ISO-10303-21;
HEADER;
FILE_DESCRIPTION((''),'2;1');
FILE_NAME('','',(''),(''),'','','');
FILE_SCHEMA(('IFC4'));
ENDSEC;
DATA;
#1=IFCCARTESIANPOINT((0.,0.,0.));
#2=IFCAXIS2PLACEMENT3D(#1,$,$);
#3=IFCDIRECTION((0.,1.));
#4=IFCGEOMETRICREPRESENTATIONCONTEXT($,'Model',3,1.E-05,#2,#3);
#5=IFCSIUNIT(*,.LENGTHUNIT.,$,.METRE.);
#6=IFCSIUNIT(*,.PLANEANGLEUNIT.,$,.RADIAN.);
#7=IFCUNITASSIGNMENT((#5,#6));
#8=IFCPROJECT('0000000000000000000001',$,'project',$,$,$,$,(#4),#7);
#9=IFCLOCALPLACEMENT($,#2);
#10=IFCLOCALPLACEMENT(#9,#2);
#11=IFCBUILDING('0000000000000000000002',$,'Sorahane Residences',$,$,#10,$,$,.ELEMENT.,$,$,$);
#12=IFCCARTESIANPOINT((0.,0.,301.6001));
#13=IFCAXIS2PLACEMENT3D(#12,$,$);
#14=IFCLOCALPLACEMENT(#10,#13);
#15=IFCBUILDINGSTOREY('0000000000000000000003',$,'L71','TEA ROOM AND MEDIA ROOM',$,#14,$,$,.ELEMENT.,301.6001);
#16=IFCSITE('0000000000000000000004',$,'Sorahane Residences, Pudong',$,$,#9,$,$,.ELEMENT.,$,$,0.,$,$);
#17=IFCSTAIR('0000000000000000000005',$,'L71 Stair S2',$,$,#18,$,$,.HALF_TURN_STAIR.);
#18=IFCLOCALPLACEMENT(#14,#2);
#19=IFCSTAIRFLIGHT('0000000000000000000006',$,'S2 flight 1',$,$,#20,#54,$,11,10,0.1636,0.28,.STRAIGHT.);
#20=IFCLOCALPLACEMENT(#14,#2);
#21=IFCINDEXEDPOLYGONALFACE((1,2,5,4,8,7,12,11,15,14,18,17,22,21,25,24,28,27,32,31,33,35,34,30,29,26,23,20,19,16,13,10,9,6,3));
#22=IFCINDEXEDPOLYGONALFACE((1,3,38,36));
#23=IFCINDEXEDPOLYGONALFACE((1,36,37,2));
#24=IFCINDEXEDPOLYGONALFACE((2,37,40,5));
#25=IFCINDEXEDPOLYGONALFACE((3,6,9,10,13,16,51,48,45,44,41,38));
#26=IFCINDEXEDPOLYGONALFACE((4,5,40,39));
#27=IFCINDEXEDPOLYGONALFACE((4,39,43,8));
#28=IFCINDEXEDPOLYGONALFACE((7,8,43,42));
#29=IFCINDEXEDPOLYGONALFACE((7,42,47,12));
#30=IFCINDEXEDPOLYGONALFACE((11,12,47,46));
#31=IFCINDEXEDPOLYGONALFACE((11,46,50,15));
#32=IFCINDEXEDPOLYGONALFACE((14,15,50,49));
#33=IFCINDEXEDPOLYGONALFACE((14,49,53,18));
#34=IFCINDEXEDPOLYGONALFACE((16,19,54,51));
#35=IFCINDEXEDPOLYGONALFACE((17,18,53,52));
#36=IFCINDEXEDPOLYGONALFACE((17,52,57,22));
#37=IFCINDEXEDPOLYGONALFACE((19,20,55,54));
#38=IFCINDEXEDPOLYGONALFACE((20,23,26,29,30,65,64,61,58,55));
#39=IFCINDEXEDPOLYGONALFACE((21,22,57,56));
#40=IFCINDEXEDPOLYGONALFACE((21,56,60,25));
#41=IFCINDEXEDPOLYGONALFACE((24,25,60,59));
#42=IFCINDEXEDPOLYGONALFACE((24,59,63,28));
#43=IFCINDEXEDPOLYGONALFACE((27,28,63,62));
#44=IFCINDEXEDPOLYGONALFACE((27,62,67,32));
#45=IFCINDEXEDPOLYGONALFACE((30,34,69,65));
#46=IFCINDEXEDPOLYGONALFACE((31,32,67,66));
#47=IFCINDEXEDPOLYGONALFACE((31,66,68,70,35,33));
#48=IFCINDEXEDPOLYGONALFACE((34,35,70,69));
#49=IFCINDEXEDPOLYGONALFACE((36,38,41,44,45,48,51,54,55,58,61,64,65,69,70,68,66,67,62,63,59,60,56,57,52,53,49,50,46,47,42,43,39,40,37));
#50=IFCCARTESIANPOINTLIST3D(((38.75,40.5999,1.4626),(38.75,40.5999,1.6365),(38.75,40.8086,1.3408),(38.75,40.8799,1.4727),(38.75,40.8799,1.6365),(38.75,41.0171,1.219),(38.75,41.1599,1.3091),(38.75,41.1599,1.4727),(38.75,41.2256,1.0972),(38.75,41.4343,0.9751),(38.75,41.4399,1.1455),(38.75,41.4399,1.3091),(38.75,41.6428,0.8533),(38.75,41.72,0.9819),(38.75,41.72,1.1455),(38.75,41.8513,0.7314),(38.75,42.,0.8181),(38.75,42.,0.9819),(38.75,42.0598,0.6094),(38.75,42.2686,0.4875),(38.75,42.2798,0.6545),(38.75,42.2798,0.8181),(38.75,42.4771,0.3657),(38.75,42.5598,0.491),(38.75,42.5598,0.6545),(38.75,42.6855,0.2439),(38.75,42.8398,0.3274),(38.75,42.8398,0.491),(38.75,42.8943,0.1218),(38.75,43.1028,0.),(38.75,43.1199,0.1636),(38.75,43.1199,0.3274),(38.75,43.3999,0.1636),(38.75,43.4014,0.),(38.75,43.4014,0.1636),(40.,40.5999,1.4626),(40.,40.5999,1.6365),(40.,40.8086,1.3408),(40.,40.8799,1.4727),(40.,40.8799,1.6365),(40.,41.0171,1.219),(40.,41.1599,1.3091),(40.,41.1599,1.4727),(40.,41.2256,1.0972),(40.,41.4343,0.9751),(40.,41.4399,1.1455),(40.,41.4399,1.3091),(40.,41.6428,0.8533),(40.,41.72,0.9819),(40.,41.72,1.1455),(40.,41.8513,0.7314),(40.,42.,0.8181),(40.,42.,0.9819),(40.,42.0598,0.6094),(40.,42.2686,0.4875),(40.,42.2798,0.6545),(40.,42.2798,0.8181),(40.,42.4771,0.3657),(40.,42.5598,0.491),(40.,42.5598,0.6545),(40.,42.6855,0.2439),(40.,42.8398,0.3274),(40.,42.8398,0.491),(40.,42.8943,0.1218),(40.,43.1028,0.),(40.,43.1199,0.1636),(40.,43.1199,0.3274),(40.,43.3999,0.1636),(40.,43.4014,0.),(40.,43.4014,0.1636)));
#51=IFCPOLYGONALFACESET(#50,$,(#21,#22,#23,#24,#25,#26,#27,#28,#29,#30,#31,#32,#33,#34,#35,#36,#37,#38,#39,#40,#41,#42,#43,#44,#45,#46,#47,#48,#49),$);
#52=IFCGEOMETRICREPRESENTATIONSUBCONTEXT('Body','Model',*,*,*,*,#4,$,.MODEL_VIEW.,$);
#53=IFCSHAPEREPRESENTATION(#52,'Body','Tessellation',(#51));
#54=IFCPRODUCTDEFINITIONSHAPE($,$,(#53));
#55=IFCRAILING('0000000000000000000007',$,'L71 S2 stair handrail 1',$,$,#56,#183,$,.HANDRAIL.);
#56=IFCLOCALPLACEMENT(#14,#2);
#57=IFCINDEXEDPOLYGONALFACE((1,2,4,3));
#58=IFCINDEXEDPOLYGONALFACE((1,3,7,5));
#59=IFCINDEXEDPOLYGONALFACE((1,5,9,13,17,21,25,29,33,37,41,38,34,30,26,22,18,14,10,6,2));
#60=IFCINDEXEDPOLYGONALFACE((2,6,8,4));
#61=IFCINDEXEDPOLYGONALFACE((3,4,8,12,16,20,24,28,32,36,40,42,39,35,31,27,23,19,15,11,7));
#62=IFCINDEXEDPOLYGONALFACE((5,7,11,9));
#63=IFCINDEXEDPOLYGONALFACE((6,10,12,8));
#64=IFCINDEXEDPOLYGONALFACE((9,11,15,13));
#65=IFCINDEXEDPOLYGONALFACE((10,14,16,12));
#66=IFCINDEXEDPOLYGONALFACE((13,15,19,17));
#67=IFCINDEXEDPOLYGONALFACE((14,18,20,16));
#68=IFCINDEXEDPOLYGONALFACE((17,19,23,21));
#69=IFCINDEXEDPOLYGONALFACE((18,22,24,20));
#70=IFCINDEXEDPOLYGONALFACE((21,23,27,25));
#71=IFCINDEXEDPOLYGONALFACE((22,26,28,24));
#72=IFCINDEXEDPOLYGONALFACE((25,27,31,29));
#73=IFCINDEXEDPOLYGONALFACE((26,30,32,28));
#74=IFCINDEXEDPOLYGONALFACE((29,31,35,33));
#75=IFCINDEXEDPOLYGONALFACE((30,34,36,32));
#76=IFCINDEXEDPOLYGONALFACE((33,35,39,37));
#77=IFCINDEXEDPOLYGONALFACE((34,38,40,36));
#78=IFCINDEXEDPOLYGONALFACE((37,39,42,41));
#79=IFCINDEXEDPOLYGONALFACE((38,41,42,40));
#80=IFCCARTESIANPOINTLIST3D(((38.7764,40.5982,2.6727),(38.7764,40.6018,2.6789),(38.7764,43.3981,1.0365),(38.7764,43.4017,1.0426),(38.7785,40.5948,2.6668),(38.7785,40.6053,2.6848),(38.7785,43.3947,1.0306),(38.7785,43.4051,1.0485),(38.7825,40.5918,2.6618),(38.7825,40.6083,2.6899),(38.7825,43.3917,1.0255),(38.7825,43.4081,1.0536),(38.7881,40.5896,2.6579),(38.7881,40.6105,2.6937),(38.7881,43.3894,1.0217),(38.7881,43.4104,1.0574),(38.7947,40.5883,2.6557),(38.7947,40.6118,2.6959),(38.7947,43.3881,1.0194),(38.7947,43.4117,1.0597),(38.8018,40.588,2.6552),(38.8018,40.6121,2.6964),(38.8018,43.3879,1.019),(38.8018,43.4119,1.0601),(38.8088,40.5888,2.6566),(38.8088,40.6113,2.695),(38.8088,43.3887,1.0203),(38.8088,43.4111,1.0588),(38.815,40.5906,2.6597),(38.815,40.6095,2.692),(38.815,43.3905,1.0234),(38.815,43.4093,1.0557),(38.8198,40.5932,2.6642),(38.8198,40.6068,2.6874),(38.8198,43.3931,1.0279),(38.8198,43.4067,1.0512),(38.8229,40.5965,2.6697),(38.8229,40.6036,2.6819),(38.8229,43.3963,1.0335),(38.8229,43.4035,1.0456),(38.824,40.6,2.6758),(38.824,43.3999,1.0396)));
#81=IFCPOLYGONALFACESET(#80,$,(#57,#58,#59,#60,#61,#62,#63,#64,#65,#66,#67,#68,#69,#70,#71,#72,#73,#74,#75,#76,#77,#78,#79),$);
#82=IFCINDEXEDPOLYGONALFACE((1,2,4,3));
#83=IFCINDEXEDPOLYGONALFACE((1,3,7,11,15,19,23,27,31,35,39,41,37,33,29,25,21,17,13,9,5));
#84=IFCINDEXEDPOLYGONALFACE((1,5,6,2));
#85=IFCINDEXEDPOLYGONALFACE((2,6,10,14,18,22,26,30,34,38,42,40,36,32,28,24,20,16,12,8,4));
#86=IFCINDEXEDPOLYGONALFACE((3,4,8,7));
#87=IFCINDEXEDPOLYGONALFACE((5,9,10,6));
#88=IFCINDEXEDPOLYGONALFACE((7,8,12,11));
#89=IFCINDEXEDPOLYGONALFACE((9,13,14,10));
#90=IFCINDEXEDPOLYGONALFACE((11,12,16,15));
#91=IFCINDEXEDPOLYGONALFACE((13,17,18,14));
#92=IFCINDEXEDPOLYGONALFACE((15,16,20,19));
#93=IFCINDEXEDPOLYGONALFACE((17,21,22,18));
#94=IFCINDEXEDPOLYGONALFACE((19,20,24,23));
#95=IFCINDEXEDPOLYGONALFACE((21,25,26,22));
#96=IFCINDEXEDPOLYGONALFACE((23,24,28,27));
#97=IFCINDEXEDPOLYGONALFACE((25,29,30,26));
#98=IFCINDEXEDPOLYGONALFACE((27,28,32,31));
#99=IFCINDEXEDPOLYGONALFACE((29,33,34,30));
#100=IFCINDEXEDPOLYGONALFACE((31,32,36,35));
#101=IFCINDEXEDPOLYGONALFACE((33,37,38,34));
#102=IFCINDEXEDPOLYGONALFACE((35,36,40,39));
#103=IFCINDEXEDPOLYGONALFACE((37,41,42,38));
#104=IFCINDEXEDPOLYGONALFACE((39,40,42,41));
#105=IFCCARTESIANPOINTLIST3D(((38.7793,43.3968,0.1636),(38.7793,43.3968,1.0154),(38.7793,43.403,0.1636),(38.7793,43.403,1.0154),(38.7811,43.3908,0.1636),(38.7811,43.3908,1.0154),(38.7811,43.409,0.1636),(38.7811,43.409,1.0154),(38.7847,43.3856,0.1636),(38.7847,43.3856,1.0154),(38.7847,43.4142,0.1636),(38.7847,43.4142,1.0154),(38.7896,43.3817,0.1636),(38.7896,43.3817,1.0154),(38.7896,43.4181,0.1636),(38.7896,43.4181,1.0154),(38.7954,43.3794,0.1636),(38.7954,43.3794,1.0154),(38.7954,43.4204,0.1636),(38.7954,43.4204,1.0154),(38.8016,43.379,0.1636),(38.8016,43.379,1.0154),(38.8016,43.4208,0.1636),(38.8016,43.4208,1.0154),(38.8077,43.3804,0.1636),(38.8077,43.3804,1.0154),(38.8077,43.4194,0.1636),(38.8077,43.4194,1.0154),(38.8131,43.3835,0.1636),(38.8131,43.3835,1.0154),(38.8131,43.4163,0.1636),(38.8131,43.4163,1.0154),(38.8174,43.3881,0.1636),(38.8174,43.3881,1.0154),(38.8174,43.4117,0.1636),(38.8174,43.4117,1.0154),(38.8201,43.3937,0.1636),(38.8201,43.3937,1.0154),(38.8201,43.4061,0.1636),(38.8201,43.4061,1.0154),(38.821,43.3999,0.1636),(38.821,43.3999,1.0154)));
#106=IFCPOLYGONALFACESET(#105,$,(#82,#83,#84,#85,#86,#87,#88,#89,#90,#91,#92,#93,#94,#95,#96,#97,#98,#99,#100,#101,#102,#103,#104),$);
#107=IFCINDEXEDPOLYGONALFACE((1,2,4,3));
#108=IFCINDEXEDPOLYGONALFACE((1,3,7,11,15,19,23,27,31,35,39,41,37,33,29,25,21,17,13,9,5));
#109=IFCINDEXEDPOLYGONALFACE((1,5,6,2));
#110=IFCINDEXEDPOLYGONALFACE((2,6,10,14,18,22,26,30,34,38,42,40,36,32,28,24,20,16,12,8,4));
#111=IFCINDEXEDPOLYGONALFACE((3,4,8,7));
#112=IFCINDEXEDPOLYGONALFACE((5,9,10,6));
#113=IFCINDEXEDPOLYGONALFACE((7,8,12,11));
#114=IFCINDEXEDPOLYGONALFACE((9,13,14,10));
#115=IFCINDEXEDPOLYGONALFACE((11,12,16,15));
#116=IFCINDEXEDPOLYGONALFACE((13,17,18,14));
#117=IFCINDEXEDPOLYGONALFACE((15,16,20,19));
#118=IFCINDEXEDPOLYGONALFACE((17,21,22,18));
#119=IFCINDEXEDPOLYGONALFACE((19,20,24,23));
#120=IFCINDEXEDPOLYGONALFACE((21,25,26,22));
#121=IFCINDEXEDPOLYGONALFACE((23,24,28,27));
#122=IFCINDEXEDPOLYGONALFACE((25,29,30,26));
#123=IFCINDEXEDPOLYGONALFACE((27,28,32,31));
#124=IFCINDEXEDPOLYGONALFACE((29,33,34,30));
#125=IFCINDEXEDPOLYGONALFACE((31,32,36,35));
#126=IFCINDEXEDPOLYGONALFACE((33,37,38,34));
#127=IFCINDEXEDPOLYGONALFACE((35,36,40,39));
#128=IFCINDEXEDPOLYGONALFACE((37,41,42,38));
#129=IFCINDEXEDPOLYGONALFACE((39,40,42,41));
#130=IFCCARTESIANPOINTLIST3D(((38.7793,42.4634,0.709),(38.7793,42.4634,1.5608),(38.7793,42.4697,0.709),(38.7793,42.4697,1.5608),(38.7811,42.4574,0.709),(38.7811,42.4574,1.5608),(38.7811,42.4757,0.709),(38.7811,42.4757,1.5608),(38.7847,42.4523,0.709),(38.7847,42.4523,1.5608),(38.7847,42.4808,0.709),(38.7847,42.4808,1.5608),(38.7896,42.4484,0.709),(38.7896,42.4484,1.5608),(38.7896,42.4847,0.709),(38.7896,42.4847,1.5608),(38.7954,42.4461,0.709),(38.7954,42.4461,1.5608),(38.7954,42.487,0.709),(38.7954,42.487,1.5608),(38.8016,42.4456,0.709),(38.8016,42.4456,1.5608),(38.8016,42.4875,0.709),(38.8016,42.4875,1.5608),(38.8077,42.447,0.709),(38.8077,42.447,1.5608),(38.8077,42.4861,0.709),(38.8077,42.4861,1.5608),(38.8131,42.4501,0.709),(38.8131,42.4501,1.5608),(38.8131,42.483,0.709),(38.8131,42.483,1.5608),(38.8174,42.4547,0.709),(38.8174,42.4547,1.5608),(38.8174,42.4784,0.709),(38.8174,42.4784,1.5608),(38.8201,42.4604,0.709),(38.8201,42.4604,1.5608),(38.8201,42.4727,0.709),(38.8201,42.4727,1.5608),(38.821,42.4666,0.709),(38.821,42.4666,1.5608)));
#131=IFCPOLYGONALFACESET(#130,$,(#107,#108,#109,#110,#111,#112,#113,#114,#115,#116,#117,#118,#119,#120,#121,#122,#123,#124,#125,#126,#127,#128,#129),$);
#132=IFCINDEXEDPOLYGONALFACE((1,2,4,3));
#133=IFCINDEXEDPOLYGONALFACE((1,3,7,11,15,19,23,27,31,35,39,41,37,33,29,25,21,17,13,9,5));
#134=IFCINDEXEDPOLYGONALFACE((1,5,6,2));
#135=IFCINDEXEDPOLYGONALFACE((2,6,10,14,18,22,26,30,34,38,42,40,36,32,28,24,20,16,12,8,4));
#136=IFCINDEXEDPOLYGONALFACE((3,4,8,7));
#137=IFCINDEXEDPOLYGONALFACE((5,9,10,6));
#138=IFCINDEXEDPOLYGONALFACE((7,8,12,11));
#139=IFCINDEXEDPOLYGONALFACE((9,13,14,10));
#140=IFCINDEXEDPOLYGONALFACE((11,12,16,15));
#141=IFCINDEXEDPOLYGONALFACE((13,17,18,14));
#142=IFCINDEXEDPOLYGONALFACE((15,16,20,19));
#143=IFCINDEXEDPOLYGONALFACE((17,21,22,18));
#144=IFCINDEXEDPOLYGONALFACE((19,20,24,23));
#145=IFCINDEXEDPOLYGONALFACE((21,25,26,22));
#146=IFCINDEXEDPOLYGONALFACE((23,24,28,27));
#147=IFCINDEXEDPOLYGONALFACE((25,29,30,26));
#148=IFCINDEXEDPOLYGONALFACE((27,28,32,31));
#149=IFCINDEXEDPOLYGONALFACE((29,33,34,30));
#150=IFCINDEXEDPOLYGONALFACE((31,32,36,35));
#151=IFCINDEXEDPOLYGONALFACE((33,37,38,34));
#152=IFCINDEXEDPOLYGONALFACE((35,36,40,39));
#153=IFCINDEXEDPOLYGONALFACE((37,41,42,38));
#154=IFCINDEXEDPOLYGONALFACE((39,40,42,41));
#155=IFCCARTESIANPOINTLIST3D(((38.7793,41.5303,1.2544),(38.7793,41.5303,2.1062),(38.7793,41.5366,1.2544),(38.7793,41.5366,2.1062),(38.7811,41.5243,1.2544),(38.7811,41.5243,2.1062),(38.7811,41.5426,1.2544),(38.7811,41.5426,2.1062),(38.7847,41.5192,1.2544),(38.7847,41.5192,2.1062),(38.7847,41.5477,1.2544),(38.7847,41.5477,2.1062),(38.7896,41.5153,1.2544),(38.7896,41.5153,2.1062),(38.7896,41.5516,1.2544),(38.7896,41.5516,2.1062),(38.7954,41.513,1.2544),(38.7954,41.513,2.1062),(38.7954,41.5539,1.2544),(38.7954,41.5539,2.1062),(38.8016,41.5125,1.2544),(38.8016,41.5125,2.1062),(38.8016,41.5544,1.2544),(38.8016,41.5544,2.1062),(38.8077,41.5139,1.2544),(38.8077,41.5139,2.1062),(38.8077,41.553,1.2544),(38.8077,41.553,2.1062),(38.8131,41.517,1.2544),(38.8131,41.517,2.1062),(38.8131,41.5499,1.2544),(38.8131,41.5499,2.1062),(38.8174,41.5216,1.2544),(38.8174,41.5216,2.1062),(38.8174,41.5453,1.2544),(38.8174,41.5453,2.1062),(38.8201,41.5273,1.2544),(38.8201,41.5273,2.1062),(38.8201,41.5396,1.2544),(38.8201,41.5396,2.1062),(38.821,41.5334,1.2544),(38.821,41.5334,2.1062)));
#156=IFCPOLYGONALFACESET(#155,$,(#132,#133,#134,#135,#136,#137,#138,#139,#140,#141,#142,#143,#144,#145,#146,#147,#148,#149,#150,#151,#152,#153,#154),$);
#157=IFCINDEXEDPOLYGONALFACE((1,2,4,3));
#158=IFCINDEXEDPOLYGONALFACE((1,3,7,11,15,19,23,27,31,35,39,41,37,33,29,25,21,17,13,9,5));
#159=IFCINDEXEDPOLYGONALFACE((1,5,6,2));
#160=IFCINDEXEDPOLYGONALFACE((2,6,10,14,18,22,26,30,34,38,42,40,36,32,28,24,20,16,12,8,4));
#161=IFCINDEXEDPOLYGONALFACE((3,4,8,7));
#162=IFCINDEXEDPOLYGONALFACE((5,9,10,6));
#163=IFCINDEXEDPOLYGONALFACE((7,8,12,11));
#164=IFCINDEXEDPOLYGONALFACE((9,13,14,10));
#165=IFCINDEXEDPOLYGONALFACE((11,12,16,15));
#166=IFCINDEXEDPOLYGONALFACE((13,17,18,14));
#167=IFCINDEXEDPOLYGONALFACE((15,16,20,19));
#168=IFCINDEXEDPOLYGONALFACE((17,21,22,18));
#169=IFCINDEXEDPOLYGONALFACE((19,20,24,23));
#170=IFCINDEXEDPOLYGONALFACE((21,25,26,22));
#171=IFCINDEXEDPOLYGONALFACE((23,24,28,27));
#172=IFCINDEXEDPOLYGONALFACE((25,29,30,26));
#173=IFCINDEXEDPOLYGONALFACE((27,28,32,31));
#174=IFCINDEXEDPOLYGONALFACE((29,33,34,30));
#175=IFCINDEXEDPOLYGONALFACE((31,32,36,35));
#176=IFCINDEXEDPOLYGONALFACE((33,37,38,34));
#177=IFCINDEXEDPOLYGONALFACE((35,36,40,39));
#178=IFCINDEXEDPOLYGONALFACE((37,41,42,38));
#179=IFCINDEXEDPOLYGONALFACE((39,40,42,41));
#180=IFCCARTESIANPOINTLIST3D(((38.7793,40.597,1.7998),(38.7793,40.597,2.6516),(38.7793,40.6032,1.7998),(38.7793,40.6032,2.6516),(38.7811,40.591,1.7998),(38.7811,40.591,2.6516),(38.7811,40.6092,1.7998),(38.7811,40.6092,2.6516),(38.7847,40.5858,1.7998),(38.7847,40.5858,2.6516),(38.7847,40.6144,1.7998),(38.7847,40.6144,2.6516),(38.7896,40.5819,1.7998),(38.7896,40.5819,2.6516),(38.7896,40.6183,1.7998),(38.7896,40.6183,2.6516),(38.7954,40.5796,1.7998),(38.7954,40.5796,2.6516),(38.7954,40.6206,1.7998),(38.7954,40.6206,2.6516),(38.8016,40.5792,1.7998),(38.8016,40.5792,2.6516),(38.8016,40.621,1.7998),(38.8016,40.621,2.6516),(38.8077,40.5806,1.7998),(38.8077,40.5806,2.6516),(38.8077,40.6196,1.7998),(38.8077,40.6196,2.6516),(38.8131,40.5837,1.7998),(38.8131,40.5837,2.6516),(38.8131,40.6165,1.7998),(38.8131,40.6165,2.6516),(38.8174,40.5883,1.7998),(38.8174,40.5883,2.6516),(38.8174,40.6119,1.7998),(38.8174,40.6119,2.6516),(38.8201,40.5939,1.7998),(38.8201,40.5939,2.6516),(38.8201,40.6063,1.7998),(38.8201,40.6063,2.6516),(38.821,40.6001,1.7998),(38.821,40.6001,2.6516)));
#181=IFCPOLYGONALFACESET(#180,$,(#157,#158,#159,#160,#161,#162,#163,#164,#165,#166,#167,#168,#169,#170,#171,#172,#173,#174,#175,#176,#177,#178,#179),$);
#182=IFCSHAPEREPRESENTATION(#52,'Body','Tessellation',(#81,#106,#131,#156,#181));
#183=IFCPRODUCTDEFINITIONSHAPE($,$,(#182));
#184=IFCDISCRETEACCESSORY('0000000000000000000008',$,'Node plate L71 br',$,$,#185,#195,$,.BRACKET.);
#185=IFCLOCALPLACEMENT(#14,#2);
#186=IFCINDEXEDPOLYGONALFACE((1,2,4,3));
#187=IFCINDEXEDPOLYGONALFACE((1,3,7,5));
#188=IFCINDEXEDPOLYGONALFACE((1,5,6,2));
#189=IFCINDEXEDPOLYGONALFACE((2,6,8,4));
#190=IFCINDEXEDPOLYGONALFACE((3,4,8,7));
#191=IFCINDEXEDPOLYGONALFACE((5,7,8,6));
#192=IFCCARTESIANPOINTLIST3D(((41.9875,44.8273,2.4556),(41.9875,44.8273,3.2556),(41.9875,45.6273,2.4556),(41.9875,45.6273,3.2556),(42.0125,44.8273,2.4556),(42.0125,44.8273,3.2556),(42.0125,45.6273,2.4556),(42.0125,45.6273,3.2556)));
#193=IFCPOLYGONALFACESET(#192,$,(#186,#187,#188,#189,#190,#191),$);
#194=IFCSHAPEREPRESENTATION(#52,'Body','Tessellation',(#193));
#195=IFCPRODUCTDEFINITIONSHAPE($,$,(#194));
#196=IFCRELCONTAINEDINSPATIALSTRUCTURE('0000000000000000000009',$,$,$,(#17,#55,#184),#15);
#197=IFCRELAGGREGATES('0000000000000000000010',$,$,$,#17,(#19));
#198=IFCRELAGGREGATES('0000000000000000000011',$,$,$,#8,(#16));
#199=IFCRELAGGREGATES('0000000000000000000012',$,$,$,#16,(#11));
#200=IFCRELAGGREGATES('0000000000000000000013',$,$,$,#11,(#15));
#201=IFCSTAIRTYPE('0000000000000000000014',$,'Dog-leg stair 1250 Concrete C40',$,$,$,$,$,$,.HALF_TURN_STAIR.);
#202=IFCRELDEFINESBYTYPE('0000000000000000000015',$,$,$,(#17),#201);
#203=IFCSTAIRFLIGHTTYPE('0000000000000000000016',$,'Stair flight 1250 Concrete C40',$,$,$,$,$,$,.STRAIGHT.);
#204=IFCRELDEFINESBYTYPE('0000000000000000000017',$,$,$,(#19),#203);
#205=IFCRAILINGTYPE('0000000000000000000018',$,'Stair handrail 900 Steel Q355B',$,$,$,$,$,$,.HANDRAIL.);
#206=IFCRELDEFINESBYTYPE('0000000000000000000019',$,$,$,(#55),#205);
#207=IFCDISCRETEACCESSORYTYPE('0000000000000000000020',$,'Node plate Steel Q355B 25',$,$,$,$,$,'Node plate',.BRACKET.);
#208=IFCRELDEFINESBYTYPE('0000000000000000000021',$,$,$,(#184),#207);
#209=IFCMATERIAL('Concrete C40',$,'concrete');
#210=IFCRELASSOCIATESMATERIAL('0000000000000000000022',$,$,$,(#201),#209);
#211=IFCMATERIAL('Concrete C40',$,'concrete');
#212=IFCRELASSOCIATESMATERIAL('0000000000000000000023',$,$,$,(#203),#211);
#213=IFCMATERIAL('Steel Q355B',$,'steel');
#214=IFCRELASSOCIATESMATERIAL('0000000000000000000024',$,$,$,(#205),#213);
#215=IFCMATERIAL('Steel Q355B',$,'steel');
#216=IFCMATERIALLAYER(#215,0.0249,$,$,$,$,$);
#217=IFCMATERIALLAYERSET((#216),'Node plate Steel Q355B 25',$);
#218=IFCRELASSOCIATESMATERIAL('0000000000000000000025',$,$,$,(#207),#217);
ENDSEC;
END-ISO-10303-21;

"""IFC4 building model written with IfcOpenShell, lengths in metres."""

from ifc_helpers import new_model, si_unit, direction, frame, origin, origin_2d, place, context, subcontext, project, spatial, polyline, rectangle, circle, outline, extrude, material, layer, layer_set, type_object, element, aggregate, save


model = new_model("IFC4")

# Units and contexts
model_context = context("Model", 3, precision=1e-05, world=origin(), true_north=direction((0.0, 1.0)))
body_context = subcontext(model_context, "Body", "Model", "MODEL_VIEW")
ifc_project = project(units=[si_unit("LENGTHUNIT", "METRE"), si_unit("PLANEANGLEUNIT", "RADIAN")], contexts=[model_context])

# Site, building, storey
site_placement = place(None, origin())
site = spatial("IfcSite", under=ifc_project, at=site_placement, Name="Sorahane Residences, Pudong", CompositionType="ELEMENT", RefElevation=0.0)
building_placement = place(site_placement, origin())
building = spatial("IfcBuilding", under=site, at=building_placement, Name="Sorahane Residences", CompositionType="ELEMENT")
storey_placement = place(building_placement, frame((0.0, 0.0, 301.6001)))
storey = spatial("IfcBuildingStorey", under=building, at=storey_placement, Name="L71", Description="TEA ROOM AND MEDIA ROOM", CompositionType="ELEMENT", Elevation=301.6001)

# Stair, stair flight
ifc_material_1 = material(Name="Concrete C40", Category="concrete")
stair_type = type_object("IfcStairType", Name="Dog-leg stair 1250 Concrete C40", PredefinedType="HALF_TURN_STAIR", material=ifc_material_1)
stair_placement = place(storey_placement, origin())
stair = element("IfcStair", 1, at=stair_placement, inside=storey, type_object=stair_type, Name="L71 Stair S2", PredefinedType="HALF_TURN_STAIR")
ifc_material_2 = material(Name="Concrete C40", Category="concrete")
stair_flight_type = type_object("IfcStairFlightType", Name="Stair flight 1250 Concrete C40", PredefinedType="STRAIGHT", material=ifc_material_2)
stair_flight_placement = place(storey_placement, frame((39.375, 43.3999, 0.0), z_axis=(0.0, 0.0, 1.0), x_axis=(0.0, -1.0, 0.0)))
stair_flight = element("IfcStairFlight", 2, at=stair_flight_placement, type_object=stair_flight_type, Name="S2 flight 1", NumberOfRisers=11, NumberOfTreads=10, PredefinedType="STRAIGHT", RiserHeight=0.1636, TreadLength=0.28, context=body_context, shape_type="SweptSolid", body=[
    extrude(outline(polyline([(-0.0015, 0.0), (-0.0015, 0.1636), (0.0, 0.1636), (0.28, 0.1636), (0.28, 0.3274), (0.5601, 0.3274), (0.5601, 0.491), (0.8401, 0.491), (0.8401, 0.6545), (1.1201, 0.6545), (1.1201, 0.8181), (1.3999, 0.8181), (1.3999, 0.9819), (1.6799, 0.9819), (1.6799, 1.1455), (1.96, 1.1455), (1.96, 1.3091), (2.24, 1.3091), (2.24, 1.4727), (2.52, 1.4727), (2.52, 1.6365), (2.8, 1.6365), (2.8, 1.8), (2.8, 1.4626), (2.5913, 1.3408), (2.3828, 1.219), (2.1743, 1.0972), (1.9656, 0.9751), (1.7571, 0.8533), (1.5486, 0.7314), (1.3401, 0.6094), (1.1313, 0.4875), (0.9229, 0.3657), (0.7144, 0.2439), (0.5056, 0.1218), (0.2971, 0.0), (-0.0015, 0.0)])), frame((0.0, 0.625, 0.0), z_axis=(0.0, -1.0, 0.0), x_axis=(1.0, 0.0, 0.0)), (0.0, 0.0, 1.0), 1.25),
])
aggregate(stair, [stair_flight])

# Railing
ifc_material_3 = material(Name="Steel Q355B", Category="steel")
railing_type_1 = type_object("IfcRailingType", Name="Stair handrail 900 Steel Q355B", PredefinedType="HANDRAIL", material=ifc_material_3)
railing_1_placement = place(storey_placement, frame((38.8, 43.3999, 0.1636)))
element("IfcRailing", 3, at=railing_1_placement, inside=storey, type_object=railing_type_1, Name="L71 S2 stair handrail 1", PredefinedType="HANDRAIL", context=body_context, shape_type="SweptSolid", body=[
    extrude(circle(Radius=0.0239, at=origin_2d()), frame((0.0, 0.0, 0.876), z_axis=(0.0, -0.863374, 0.504564), x_axis=(1.0, 0.0, 0.0)), (0.0, 0.0, 1.0), 3.2429),
    extrude(circle(Radius=0.021, at=origin_2d()), origin(), (0.0, 0.0, 1.0), 0.8518),
    extrude(circle(Radius=0.021, at=origin_2d()), frame((0.0, -0.9333, 0.5454)), (0.0, 0.0, 1.0), 0.8518),
    extrude(circle(Radius=0.021, at=origin_2d()), frame((0.0, -1.8665, 1.0908)), (0.0, 0.0, 1.0), 0.8518),
    extrude(circle(Radius=0.021, at=origin_2d()), frame((0.0, -2.7998, 1.6362)), (0.0, 0.0, 1.0), 0.8518),
])

# Discrete accessory
ifc_material_4 = material(Name="Steel Q355B", Category="steel")
ifc_layer_1 = layer(ifc_material_4, 0.0249)
ifc_layer_set_1 = layer_set([ifc_layer_1], Name="Node plate Steel Q355B 25")
discrete_accessory_type = type_object("IfcDiscreteAccessoryType", Name="Node plate Steel Q355B 25", ElementType="Node plate", PredefinedType="BRACKET", material=ifc_layer_set_1)
for number, where, z_axis, x_axis, name in (
    (4, (42.0, 45.2273, 2.4556), (0.0, 0.0, 1.0), (0.0, 1.0, 0.0), "Node plate L71 br"),
):
    element("IfcDiscreteAccessory", number, at=place(storey_placement, frame(where, z_axis=z_axis, x_axis=x_axis)), inside=storey, type_object=discrete_accessory_type, Name=name, PredefinedType="BRACKET", context=body_context, shape_type="SweptSolid", body=[
        extrude(rectangle(XDim=0.8, YDim=0.0249, at=origin_2d()), origin(), (0.0, 0.0, 1.0), 0.8),
    ])

save(model, "model.ifc")
